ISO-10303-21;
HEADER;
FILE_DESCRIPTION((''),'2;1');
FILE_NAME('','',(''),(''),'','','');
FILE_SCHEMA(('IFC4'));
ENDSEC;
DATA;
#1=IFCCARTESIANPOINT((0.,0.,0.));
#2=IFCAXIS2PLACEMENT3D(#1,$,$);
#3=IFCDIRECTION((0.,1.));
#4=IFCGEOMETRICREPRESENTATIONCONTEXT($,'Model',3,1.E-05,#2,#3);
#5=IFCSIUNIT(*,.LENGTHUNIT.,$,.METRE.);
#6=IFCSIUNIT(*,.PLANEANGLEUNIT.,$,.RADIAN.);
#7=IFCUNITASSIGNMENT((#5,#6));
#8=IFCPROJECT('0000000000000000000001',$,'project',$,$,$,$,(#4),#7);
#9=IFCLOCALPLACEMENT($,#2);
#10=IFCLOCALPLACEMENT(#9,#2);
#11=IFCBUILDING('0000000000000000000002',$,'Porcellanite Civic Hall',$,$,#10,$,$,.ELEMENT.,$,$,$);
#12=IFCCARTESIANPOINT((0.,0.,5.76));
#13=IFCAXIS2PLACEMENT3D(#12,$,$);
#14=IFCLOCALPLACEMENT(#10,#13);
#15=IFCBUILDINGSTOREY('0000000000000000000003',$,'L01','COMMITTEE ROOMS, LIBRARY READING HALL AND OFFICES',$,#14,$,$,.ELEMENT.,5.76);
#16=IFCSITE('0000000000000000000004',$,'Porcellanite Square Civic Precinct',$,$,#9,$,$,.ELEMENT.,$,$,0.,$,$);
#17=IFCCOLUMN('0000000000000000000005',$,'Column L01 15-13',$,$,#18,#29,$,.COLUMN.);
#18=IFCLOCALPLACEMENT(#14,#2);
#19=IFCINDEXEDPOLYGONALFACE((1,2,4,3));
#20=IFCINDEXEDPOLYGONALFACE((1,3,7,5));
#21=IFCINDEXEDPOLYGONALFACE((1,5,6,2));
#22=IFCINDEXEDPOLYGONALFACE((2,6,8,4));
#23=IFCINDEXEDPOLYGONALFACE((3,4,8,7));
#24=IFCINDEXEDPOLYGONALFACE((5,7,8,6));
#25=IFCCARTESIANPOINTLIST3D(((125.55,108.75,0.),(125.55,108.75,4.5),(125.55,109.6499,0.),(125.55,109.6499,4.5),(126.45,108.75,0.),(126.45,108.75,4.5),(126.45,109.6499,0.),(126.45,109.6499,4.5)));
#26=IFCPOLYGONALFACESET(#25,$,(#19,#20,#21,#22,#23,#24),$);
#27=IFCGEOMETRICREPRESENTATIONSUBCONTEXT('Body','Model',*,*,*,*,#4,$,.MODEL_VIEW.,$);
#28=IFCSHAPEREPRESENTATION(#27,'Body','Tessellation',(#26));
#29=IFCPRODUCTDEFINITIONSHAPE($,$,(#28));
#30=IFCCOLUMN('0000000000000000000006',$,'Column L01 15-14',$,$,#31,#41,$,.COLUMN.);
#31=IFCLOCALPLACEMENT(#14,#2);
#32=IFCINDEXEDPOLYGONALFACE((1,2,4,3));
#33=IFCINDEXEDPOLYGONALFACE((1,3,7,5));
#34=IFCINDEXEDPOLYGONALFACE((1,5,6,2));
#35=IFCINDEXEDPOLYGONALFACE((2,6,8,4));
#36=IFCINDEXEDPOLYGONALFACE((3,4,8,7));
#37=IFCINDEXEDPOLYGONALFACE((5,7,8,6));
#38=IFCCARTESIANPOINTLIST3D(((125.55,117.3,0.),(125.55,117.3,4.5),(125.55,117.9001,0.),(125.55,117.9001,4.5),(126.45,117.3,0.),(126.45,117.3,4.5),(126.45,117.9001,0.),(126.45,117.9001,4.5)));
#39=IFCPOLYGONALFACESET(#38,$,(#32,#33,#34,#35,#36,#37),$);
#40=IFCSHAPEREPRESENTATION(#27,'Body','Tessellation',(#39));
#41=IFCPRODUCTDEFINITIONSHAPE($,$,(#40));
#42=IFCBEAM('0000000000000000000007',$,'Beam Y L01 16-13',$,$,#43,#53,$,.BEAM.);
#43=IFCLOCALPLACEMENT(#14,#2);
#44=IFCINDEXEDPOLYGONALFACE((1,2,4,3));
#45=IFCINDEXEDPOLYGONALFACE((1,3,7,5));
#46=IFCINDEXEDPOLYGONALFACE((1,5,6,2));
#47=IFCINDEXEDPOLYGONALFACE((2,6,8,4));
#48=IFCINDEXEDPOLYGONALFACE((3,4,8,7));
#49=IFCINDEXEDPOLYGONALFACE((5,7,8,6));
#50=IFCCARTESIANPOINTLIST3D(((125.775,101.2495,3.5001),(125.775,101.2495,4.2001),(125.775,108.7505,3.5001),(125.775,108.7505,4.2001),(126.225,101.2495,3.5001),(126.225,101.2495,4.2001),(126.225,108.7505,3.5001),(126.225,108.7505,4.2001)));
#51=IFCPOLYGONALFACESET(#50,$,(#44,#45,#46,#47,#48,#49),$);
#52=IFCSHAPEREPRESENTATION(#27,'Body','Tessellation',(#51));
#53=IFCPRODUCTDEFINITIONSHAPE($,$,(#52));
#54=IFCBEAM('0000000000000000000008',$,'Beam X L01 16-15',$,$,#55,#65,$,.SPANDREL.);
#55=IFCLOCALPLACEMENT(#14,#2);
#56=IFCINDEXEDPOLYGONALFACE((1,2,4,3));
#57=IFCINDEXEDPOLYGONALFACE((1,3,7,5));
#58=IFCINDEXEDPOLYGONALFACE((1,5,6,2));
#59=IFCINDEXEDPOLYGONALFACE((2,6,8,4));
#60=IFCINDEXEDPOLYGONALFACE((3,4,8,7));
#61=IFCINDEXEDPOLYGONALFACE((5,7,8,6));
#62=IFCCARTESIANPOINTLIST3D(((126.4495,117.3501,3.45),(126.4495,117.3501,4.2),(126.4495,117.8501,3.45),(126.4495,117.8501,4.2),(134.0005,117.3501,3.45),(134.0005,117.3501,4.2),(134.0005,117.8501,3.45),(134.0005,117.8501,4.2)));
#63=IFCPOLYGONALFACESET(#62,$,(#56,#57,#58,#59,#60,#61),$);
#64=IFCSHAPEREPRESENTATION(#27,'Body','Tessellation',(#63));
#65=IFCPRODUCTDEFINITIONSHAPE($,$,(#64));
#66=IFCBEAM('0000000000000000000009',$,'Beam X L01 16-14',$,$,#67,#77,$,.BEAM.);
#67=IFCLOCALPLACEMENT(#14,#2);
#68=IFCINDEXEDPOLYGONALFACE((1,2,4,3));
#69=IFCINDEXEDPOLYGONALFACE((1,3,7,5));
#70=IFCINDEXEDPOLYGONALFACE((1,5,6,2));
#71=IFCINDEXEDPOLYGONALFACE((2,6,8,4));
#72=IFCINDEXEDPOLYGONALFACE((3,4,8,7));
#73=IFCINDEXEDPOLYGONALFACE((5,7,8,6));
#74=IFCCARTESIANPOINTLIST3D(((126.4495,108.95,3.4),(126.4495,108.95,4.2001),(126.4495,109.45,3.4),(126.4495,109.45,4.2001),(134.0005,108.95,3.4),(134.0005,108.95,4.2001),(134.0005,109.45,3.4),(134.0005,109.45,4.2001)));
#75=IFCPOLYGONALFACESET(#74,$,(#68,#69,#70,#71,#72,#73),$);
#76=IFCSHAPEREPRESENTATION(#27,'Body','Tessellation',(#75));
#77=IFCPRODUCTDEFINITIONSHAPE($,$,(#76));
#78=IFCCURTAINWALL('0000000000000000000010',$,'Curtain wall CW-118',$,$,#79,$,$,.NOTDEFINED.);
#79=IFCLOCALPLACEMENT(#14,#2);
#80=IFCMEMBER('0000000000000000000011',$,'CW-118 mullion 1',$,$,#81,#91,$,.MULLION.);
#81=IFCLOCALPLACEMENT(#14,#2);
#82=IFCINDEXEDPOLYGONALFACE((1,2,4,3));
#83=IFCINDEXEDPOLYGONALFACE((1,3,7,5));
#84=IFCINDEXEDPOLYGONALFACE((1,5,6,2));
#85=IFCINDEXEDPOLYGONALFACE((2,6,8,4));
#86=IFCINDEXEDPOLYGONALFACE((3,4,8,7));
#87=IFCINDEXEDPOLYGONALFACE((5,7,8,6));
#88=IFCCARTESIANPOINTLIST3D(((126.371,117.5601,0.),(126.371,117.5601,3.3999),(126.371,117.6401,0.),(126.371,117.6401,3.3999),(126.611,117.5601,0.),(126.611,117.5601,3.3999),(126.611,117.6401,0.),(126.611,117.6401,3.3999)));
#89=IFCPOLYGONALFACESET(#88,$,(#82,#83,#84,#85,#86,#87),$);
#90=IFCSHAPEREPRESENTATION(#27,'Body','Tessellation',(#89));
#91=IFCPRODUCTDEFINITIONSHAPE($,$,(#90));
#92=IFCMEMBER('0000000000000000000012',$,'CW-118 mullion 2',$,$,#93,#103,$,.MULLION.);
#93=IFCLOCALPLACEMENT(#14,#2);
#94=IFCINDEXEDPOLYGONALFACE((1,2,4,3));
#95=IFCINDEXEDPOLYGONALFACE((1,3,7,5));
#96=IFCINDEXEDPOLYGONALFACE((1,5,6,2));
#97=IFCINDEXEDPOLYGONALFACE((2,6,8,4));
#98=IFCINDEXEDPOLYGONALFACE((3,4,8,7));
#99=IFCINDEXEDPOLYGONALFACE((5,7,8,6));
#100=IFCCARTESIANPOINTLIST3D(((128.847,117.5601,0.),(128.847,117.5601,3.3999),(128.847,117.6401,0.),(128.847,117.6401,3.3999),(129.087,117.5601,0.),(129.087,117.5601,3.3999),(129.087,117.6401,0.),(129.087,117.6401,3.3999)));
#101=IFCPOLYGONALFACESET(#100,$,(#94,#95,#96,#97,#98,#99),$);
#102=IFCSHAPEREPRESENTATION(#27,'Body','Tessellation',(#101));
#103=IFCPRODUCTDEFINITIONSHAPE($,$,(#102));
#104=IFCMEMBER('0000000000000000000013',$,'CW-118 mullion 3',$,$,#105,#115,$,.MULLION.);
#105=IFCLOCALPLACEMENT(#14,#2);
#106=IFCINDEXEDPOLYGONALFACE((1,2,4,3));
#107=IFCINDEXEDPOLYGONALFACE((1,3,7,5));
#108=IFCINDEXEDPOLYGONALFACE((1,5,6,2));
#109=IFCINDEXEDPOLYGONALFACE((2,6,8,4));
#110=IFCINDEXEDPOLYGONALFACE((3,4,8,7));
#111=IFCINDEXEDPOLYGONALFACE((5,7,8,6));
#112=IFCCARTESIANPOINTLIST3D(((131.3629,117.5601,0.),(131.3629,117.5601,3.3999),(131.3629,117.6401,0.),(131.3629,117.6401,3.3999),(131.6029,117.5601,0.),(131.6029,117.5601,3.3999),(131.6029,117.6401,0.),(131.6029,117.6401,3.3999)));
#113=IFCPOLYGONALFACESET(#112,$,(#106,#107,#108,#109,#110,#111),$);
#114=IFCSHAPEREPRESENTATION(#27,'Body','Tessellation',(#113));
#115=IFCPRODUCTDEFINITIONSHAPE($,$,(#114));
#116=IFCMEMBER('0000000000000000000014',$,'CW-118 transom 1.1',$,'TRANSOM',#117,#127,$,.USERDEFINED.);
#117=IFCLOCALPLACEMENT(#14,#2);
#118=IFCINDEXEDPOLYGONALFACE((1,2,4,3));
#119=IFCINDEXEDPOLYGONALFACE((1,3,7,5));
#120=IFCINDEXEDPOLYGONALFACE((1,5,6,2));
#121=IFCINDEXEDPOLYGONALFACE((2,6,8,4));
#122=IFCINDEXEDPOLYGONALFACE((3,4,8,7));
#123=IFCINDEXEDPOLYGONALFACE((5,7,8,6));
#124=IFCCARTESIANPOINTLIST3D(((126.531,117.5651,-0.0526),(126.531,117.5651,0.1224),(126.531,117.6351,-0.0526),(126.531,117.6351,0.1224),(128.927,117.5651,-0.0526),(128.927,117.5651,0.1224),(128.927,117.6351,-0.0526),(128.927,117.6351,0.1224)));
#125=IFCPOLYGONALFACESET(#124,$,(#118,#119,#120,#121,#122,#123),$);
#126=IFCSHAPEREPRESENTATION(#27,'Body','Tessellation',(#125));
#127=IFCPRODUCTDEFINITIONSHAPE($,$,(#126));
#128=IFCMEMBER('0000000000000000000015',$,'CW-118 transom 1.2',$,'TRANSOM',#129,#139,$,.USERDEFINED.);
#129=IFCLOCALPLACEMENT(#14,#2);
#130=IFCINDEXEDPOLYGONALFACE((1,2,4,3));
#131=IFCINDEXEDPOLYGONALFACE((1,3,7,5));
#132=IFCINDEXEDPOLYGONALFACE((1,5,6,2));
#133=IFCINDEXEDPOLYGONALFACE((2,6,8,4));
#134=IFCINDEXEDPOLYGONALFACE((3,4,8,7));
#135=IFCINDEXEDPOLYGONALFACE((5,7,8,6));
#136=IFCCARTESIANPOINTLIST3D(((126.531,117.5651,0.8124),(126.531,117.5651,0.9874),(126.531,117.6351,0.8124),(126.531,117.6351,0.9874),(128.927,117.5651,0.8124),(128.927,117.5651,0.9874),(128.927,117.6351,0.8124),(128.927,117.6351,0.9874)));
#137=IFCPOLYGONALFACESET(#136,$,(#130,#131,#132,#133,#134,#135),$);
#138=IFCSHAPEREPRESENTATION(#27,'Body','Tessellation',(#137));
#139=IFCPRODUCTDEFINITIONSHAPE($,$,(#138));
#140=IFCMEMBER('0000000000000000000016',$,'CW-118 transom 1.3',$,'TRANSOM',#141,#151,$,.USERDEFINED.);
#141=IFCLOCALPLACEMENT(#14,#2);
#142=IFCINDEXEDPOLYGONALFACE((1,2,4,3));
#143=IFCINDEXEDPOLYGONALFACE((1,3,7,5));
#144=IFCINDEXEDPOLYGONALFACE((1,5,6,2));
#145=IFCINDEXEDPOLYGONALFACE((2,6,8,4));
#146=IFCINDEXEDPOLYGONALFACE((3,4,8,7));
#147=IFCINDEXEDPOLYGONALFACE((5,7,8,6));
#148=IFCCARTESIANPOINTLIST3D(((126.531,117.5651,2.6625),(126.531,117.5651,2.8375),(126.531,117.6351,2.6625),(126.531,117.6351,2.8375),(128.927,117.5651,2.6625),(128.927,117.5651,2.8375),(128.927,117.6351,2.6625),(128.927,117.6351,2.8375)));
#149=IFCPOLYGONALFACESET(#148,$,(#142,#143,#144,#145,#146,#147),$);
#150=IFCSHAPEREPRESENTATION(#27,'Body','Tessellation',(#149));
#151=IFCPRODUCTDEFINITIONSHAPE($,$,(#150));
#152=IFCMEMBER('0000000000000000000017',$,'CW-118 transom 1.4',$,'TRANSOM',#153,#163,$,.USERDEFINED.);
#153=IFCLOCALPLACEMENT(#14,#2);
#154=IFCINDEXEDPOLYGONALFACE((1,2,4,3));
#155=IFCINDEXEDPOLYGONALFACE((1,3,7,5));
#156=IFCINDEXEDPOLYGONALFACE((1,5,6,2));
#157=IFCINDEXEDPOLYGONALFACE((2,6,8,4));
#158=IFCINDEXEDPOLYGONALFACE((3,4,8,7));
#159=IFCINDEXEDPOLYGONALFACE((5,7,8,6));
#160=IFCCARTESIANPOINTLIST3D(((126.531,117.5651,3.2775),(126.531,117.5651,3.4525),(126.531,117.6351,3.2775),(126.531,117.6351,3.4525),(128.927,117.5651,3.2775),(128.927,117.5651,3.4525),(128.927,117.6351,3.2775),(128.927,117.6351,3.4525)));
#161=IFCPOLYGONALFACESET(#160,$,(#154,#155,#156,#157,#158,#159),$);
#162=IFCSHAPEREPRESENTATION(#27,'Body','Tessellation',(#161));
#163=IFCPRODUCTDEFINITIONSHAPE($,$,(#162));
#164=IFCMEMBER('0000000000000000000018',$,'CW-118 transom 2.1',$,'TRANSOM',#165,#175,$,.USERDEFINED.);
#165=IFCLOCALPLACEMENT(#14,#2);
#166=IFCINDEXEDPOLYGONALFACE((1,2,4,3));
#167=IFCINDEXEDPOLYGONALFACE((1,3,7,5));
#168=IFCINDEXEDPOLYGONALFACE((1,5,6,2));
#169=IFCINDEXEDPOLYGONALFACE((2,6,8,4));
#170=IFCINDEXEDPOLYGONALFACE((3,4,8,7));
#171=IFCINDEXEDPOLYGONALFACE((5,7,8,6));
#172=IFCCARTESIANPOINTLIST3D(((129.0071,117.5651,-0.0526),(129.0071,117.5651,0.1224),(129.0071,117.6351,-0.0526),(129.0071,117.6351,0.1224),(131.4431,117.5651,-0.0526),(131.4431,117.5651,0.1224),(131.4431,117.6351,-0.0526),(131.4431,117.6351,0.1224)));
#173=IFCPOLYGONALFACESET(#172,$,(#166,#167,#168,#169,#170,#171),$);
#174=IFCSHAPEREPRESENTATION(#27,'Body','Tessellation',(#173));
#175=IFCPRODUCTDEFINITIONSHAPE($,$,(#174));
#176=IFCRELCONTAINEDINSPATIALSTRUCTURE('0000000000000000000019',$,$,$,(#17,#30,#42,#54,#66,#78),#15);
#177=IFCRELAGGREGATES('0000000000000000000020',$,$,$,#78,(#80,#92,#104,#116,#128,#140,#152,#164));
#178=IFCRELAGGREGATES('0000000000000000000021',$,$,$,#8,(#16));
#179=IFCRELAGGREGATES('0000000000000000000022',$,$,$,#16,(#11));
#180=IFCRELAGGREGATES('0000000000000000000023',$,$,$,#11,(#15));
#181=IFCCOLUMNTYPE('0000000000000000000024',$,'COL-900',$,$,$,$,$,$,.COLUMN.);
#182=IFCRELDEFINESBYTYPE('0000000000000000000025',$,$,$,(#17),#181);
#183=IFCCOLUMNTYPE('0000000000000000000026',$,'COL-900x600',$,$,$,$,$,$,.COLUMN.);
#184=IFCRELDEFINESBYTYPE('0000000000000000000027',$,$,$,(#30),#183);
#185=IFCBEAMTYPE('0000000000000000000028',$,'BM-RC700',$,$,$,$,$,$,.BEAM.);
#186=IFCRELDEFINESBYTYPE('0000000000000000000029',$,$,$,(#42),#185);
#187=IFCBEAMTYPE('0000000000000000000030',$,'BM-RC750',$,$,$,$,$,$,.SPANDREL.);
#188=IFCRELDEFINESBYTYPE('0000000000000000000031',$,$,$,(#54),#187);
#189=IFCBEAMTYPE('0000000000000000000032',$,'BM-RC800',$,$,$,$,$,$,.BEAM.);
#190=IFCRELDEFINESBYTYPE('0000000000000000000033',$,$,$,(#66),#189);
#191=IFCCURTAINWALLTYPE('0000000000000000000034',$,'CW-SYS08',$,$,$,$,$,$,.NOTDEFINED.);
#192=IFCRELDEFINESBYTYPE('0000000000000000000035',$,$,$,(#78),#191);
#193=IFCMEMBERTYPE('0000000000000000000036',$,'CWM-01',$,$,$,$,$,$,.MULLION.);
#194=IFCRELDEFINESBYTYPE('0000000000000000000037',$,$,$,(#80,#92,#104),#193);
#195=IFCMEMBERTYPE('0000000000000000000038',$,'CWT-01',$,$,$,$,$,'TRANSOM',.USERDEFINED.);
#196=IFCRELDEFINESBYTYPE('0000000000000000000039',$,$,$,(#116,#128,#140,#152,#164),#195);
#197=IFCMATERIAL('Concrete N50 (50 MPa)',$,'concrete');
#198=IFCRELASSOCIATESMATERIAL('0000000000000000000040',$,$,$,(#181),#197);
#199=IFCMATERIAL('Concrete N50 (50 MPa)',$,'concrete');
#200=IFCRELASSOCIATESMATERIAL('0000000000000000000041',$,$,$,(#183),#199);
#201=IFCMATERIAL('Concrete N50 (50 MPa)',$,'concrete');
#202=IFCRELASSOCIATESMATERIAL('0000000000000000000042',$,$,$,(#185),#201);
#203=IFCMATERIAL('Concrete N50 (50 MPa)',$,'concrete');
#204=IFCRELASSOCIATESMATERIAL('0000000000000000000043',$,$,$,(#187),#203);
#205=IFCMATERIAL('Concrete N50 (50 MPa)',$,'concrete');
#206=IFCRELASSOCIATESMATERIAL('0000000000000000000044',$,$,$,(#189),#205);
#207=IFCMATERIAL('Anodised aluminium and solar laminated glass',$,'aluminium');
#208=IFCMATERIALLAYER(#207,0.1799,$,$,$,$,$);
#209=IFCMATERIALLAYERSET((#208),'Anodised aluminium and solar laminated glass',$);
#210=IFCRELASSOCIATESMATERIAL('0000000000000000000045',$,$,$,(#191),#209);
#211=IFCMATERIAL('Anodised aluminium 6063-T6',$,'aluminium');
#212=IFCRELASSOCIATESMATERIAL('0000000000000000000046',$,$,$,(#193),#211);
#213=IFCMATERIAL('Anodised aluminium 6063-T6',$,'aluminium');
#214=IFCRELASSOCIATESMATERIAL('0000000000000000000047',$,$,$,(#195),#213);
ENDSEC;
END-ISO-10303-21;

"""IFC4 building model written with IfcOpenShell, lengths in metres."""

from ifc_helpers import new_model, si_unit, direction, frame, origin, origin_2d, place, context, subcontext, project, spatial, rectangle, extrude, material, layer, layer_set, material_profile, profile_set, type_object, element, aggregate, save


model = new_model("IFC4")

# Units and contexts
model_context = context("Model", 3, precision=1e-05, world=origin(), true_north=direction((0.0, 1.0)))
body_context = subcontext(model_context, "Body", "Model", "MODEL_VIEW")
ifc_project = project(units=[si_unit("LENGTHUNIT", "METRE"), si_unit("PLANEANGLEUNIT", "RADIAN")], contexts=[model_context])

# Site, building, storey
site_placement = place(None, origin())
site = spatial("IfcSite", under=ifc_project, at=site_placement, Name="Porcellanite Square Civic Precinct", CompositionType="ELEMENT", RefElevation=0.0)
building_placement = place(site_placement, origin())
building = spatial("IfcBuilding", under=site, at=building_placement, Name="Porcellanite Civic Hall", CompositionType="ELEMENT")
storey_placement = place(building_placement, frame((0.0, 0.0, 5.76)))
storey = spatial("IfcBuildingStorey", under=building, at=storey_placement, Name="L01", Description="COMMITTEE ROOMS, LIBRARY READING HALL AND OFFICES", CompositionType="ELEMENT", Elevation=5.76)

# Columns
ifc_material_1 = material(Name="Concrete N50 (50 MPa)", Category="concrete")
ifc_material_profile_1 = material_profile(ifc_material_1, rectangle(XDim=0.8999, YDim=0.8999, at=origin_2d()), Name="RC-900x900")
ifc_profile_set_1 = profile_set([ifc_material_profile_1], Name="Concrete N50 (50 MPa)")
column_type_1 = type_object("IfcColumnType", Name="COL-900", PredefinedType="COLUMN", material=ifc_profile_set_1)
column_1_placement = place(storey_placement, frame((126.0, 109.2, 0.0), z_axis=(0.0, 0.0, 1.0), x_axis=(1.0, 0.0, 0.0)))
element("IfcColumn", 1, at=column_1_placement, inside=storey, type_object=column_type_1, Name="Column L01 15-13", PredefinedType="COLUMN", context=body_context, shape_type="SweptSolid", body=[
    extrude(rectangle(XDim=0.8999, YDim=0.8999, at=origin_2d()), origin(), (0.0, 0.0, 1.0), 4.5),
])
ifc_material_2 = material(Name="Concrete N50 (50 MPa)", Category="concrete")
ifc_material_profile_2 = material_profile(ifc_material_2, rectangle(XDim=0.8999, YDim=0.6001, at=origin_2d()), Name="RC-900x600")
ifc_profile_set_2 = profile_set([ifc_material_profile_2], Name="Concrete N50 (50 MPa)")
column_type_2 = type_object("IfcColumnType", Name="COL-900x600", PredefinedType="COLUMN", material=ifc_profile_set_2)
column_2_placement = place(storey_placement, frame((126.0, 117.6001, 0.0), z_axis=(0.0, 0.0, 1.0), x_axis=(1.0, 0.0, 0.0)))
element("IfcColumn", 2, at=column_2_placement, inside=storey, type_object=column_type_2, Name="Column L01 15-14", PredefinedType="COLUMN", context=body_context, shape_type="SweptSolid", body=[
    extrude(rectangle(XDim=0.8999, YDim=0.6001, at=origin_2d()), origin(), (0.0, 0.0, 1.0), 4.5),
])

# Beams
ifc_material_3 = material(Name="Concrete N50 (50 MPa)", Category="concrete")
ifc_material_profile_3 = material_profile(ifc_material_3, rectangle(XDim=0.45, YDim=0.7, at=origin_2d()), Name="RC-450x700")
ifc_profile_set_3 = profile_set([ifc_material_profile_3], Name="Concrete N50 (50 MPa)")
beam_type_1 = type_object("IfcBeamType", Name="BM-RC700", PredefinedType="BEAM", material=ifc_profile_set_3)
beam_1_placement = place(storey_placement, frame((126.0, 101.2495, 3.8501), z_axis=(0.0, 1.0, 0.0), x_axis=(-1.0, 0.0, 0.0)))
element("IfcBeam", 3, at=beam_1_placement, inside=storey, type_object=beam_type_1, Name="Beam Y L01 16-13", PredefinedType="BEAM", context=body_context, shape_type="SweptSolid", body=[
    extrude(rectangle(XDim=0.45, YDim=0.7, at=origin_2d()), origin(), (0.0, 0.0, 1.0), 7.501),
])
ifc_material_4 = material(Name="Concrete N50 (50 MPa)", Category="concrete")
ifc_material_profile_4 = material_profile(ifc_material_4, rectangle(XDim=0.5, YDim=0.75, at=origin_2d()), Name="RC-500x750")
ifc_profile_set_4 = profile_set([ifc_material_profile_4], Name="Concrete N50 (50 MPa)")
beam_type_2 = type_object("IfcBeamType", Name="BM-RC750", PredefinedType="SPANDREL", material=ifc_profile_set_4)
beam_2_placement = place(storey_placement, frame((126.4495, 117.6001, 3.825), z_axis=(1.0, 0.0, 0.0), x_axis=(0.0, 1.0, 0.0)))
element("IfcBeam", 4, at=beam_2_placement, inside=storey, type_object=beam_type_2, Name="Beam X L01 16-15", PredefinedType="SPANDREL", context=body_context, shape_type="SweptSolid", body=[
    extrude(rectangle(XDim=0.5, YDim=0.75, at=origin_2d()), origin(), (0.0, 0.0, 1.0), 7.551),
])
ifc_material_5 = material(Name="Concrete N50 (50 MPa)", Category="concrete")
ifc_material_profile_5 = material_profile(ifc_material_5, rectangle(XDim=0.5, YDim=0.8, at=origin_2d()), Name="RC-500x800")
ifc_profile_set_5 = profile_set([ifc_material_profile_5], Name="Concrete N50 (50 MPa)")
beam_type_3 = type_object("IfcBeamType", Name="BM-RC800", PredefinedType="BEAM", material=ifc_profile_set_5)
beam_3_placement = place(storey_placement, frame((126.4495, 109.2, 3.8), z_axis=(1.0, 0.0, 0.0), x_axis=(0.0, 1.0, 0.0)))
element("IfcBeam", 5, at=beam_3_placement, inside=storey, type_object=beam_type_3, Name="Beam X L01 16-14", PredefinedType="BEAM", context=body_context, shape_type="SweptSolid", body=[
    extrude(rectangle(XDim=0.5, YDim=0.8, at=origin_2d()), origin(), (0.0, 0.0, 1.0), 7.551),
])

# Curtain wall, members
ifc_material_6 = material(Name="Anodised aluminium and solar laminated glass", Category="aluminium")
ifc_layer_1 = layer(ifc_material_6, 0.1799)
ifc_layer_set_1 = layer_set([ifc_layer_1], Name="Anodised aluminium and solar laminated glass")
curtain_wall_type = type_object("IfcCurtainWallType", Name="CW-SYS08", PredefinedType="NOTDEFINED", material=ifc_layer_set_1)
curtain_wall_placement = place(storey_placement, origin())
curtain_wall = element("IfcCurtainWall", 6, at=curtain_wall_placement, inside=storey, type_object=curtain_wall_type, Name="Curtain wall CW-118", PredefinedType="NOTDEFINED")
ifc_material_7 = material(Name="Anodised aluminium 6063-T6", Category="aluminium")
ifc_material_profile_6 = material_profile(ifc_material_7, rectangle(XDim=0.0801, YDim=0.24, at=origin_2d()), Name="AL-80x240")
ifc_profile_set_6 = profile_set([ifc_material_profile_6], Name="Anodised aluminium 6063-T6")
member_type_1 = type_object("IfcMemberType", Name="CWM-01", PredefinedType="MULLION", material=ifc_profile_set_6)
member_1_placement = place(storey_placement, frame((126.491, 117.6001, 0.0), z_axis=(0.0, 0.0, 1.0), x_axis=(0.0, 1.0, 0.0)))
member_1 = element("IfcMember", 7, at=member_1_placement, type_object=member_type_1, Name="CW-118 mullion 1", PredefinedType="MULLION", context=body_context, shape_type="SweptSolid", body=[
    extrude(rectangle(XDim=0.0801, YDim=0.24, at=origin_2d()), origin(), (0.0, 0.0, 1.0), 3.3999),
])
member_2_placement = place(storey_placement, frame((128.967, 117.6001, 0.0), z_axis=(0.0, 0.0, 1.0), x_axis=(0.0, 1.0, 0.0)))
member_2 = element("IfcMember", 8, at=member_2_placement, type_object=member_type_1, Name="CW-118 mullion 2", PredefinedType="MULLION", context=body_context, shape_type="SweptSolid", body=[
    extrude(rectangle(XDim=0.0801, YDim=0.24, at=origin_2d()), origin(), (0.0, 0.0, 1.0), 3.3999),
])
member_3_placement = place(storey_placement, frame((131.4829, 117.6001, 0.0), z_axis=(0.0, 0.0, 1.0), x_axis=(0.0, 1.0, 0.0)))
member_3 = element("IfcMember", 9, at=member_3_placement, type_object=member_type_1, Name="CW-118 mullion 3", PredefinedType="MULLION", context=body_context, shape_type="SweptSolid", body=[
    extrude(rectangle(XDim=0.0801, YDim=0.24, at=origin_2d()), origin(), (0.0, 0.0, 1.0), 3.3999),
])
ifc_material_8 = material(Name="Anodised aluminium 6063-T6", Category="aluminium")
ifc_material_profile_7 = material_profile(ifc_material_8, rectangle(XDim=0.0701, YDim=0.175, at=origin_2d()), Name="AL-70x175")
ifc_profile_set_7 = profile_set([ifc_material_profile_7], Name="Anodised aluminium 6063-T6")
member_type_2 = type_object("IfcMemberType", Name="CWT-01", ElementType="TRANSOM", PredefinedType="USERDEFINED", material=ifc_profile_set_7)
member_4_placement = place(storey_placement, frame((126.531, 117.6001, 0.0349), z_axis=(1.0, 0.0, 0.0), x_axis=(0.0, 1.0, 0.0)))
member_4 = element("IfcMember", 10, at=member_4_placement, type_object=member_type_2, Name="CW-118 transom 1.1", ObjectType="TRANSOM", PredefinedType="USERDEFINED", context=body_context, shape_type="SweptSolid", body=[
    extrude(rectangle(XDim=0.0701, YDim=0.175, at=origin_2d()), origin(), (0.0, 0.0, 1.0), 2.396),
])
member_5_placement = place(storey_placement, frame((126.531, 117.6001, 0.8999), z_axis=(1.0, 0.0, 0.0), x_axis=(0.0, 1.0, 0.0)))
member_5 = element("IfcMember", 11, at=member_5_placement, type_object=member_type_2, Name="CW-118 transom 1.2", ObjectType="TRANSOM", PredefinedType="USERDEFINED", context=body_context, shape_type="SweptSolid", body=[
    extrude(rectangle(XDim=0.0701, YDim=0.175, at=origin_2d()), origin(), (0.0, 0.0, 1.0), 2.396),
])
member_6_placement = place(storey_placement, frame((126.531, 117.6001, 2.75), z_axis=(1.0, 0.0, 0.0), x_axis=(0.0, 1.0, 0.0)))
member_6 = element("IfcMember", 12, at=member_6_placement, type_object=member_type_2, Name="CW-118 transom 1.3", ObjectType="TRANSOM", PredefinedType="USERDEFINED", context=body_context, shape_type="SweptSolid", body=[
    extrude(rectangle(XDim=0.0701, YDim=0.175, at=origin_2d()), origin(), (0.0, 0.0, 1.0), 2.396),
])
member_7_placement = place(storey_placement, frame((126.531, 117.6001, 3.365), z_axis=(1.0, 0.0, 0.0), x_axis=(0.0, 1.0, 0.0)))
member_7 = element("IfcMember", 13, at=member_7_placement, type_object=member_type_2, Name="CW-118 transom 1.4", ObjectType="TRANSOM", PredefinedType="USERDEFINED", context=body_context, shape_type="SweptSolid", body=[
    extrude(rectangle(XDim=0.0701, YDim=0.175, at=origin_2d()), origin(), (0.0, 0.0, 1.0), 2.396),
])
member_8_placement = place(storey_placement, frame((129.0071, 117.6001, 0.0349), z_axis=(1.0, 0.0, 0.0), x_axis=(0.0, 1.0, 0.0)))
member_8 = element("IfcMember", 14, at=member_8_placement, type_object=member_type_2, Name="CW-118 transom 2.1", ObjectType="TRANSOM", PredefinedType="USERDEFINED", context=body_context, shape_type="SweptSolid", body=[
    extrude(rectangle(XDim=0.0701, YDim=0.175, at=origin_2d()), origin(), (0.0, 0.0, 1.0), 2.436),
])

aggregate(curtain_wall, [member_1, member_2, member_3, member_4, member_5, member_6, member_7, member_8])

save(model, "model.ifc")
